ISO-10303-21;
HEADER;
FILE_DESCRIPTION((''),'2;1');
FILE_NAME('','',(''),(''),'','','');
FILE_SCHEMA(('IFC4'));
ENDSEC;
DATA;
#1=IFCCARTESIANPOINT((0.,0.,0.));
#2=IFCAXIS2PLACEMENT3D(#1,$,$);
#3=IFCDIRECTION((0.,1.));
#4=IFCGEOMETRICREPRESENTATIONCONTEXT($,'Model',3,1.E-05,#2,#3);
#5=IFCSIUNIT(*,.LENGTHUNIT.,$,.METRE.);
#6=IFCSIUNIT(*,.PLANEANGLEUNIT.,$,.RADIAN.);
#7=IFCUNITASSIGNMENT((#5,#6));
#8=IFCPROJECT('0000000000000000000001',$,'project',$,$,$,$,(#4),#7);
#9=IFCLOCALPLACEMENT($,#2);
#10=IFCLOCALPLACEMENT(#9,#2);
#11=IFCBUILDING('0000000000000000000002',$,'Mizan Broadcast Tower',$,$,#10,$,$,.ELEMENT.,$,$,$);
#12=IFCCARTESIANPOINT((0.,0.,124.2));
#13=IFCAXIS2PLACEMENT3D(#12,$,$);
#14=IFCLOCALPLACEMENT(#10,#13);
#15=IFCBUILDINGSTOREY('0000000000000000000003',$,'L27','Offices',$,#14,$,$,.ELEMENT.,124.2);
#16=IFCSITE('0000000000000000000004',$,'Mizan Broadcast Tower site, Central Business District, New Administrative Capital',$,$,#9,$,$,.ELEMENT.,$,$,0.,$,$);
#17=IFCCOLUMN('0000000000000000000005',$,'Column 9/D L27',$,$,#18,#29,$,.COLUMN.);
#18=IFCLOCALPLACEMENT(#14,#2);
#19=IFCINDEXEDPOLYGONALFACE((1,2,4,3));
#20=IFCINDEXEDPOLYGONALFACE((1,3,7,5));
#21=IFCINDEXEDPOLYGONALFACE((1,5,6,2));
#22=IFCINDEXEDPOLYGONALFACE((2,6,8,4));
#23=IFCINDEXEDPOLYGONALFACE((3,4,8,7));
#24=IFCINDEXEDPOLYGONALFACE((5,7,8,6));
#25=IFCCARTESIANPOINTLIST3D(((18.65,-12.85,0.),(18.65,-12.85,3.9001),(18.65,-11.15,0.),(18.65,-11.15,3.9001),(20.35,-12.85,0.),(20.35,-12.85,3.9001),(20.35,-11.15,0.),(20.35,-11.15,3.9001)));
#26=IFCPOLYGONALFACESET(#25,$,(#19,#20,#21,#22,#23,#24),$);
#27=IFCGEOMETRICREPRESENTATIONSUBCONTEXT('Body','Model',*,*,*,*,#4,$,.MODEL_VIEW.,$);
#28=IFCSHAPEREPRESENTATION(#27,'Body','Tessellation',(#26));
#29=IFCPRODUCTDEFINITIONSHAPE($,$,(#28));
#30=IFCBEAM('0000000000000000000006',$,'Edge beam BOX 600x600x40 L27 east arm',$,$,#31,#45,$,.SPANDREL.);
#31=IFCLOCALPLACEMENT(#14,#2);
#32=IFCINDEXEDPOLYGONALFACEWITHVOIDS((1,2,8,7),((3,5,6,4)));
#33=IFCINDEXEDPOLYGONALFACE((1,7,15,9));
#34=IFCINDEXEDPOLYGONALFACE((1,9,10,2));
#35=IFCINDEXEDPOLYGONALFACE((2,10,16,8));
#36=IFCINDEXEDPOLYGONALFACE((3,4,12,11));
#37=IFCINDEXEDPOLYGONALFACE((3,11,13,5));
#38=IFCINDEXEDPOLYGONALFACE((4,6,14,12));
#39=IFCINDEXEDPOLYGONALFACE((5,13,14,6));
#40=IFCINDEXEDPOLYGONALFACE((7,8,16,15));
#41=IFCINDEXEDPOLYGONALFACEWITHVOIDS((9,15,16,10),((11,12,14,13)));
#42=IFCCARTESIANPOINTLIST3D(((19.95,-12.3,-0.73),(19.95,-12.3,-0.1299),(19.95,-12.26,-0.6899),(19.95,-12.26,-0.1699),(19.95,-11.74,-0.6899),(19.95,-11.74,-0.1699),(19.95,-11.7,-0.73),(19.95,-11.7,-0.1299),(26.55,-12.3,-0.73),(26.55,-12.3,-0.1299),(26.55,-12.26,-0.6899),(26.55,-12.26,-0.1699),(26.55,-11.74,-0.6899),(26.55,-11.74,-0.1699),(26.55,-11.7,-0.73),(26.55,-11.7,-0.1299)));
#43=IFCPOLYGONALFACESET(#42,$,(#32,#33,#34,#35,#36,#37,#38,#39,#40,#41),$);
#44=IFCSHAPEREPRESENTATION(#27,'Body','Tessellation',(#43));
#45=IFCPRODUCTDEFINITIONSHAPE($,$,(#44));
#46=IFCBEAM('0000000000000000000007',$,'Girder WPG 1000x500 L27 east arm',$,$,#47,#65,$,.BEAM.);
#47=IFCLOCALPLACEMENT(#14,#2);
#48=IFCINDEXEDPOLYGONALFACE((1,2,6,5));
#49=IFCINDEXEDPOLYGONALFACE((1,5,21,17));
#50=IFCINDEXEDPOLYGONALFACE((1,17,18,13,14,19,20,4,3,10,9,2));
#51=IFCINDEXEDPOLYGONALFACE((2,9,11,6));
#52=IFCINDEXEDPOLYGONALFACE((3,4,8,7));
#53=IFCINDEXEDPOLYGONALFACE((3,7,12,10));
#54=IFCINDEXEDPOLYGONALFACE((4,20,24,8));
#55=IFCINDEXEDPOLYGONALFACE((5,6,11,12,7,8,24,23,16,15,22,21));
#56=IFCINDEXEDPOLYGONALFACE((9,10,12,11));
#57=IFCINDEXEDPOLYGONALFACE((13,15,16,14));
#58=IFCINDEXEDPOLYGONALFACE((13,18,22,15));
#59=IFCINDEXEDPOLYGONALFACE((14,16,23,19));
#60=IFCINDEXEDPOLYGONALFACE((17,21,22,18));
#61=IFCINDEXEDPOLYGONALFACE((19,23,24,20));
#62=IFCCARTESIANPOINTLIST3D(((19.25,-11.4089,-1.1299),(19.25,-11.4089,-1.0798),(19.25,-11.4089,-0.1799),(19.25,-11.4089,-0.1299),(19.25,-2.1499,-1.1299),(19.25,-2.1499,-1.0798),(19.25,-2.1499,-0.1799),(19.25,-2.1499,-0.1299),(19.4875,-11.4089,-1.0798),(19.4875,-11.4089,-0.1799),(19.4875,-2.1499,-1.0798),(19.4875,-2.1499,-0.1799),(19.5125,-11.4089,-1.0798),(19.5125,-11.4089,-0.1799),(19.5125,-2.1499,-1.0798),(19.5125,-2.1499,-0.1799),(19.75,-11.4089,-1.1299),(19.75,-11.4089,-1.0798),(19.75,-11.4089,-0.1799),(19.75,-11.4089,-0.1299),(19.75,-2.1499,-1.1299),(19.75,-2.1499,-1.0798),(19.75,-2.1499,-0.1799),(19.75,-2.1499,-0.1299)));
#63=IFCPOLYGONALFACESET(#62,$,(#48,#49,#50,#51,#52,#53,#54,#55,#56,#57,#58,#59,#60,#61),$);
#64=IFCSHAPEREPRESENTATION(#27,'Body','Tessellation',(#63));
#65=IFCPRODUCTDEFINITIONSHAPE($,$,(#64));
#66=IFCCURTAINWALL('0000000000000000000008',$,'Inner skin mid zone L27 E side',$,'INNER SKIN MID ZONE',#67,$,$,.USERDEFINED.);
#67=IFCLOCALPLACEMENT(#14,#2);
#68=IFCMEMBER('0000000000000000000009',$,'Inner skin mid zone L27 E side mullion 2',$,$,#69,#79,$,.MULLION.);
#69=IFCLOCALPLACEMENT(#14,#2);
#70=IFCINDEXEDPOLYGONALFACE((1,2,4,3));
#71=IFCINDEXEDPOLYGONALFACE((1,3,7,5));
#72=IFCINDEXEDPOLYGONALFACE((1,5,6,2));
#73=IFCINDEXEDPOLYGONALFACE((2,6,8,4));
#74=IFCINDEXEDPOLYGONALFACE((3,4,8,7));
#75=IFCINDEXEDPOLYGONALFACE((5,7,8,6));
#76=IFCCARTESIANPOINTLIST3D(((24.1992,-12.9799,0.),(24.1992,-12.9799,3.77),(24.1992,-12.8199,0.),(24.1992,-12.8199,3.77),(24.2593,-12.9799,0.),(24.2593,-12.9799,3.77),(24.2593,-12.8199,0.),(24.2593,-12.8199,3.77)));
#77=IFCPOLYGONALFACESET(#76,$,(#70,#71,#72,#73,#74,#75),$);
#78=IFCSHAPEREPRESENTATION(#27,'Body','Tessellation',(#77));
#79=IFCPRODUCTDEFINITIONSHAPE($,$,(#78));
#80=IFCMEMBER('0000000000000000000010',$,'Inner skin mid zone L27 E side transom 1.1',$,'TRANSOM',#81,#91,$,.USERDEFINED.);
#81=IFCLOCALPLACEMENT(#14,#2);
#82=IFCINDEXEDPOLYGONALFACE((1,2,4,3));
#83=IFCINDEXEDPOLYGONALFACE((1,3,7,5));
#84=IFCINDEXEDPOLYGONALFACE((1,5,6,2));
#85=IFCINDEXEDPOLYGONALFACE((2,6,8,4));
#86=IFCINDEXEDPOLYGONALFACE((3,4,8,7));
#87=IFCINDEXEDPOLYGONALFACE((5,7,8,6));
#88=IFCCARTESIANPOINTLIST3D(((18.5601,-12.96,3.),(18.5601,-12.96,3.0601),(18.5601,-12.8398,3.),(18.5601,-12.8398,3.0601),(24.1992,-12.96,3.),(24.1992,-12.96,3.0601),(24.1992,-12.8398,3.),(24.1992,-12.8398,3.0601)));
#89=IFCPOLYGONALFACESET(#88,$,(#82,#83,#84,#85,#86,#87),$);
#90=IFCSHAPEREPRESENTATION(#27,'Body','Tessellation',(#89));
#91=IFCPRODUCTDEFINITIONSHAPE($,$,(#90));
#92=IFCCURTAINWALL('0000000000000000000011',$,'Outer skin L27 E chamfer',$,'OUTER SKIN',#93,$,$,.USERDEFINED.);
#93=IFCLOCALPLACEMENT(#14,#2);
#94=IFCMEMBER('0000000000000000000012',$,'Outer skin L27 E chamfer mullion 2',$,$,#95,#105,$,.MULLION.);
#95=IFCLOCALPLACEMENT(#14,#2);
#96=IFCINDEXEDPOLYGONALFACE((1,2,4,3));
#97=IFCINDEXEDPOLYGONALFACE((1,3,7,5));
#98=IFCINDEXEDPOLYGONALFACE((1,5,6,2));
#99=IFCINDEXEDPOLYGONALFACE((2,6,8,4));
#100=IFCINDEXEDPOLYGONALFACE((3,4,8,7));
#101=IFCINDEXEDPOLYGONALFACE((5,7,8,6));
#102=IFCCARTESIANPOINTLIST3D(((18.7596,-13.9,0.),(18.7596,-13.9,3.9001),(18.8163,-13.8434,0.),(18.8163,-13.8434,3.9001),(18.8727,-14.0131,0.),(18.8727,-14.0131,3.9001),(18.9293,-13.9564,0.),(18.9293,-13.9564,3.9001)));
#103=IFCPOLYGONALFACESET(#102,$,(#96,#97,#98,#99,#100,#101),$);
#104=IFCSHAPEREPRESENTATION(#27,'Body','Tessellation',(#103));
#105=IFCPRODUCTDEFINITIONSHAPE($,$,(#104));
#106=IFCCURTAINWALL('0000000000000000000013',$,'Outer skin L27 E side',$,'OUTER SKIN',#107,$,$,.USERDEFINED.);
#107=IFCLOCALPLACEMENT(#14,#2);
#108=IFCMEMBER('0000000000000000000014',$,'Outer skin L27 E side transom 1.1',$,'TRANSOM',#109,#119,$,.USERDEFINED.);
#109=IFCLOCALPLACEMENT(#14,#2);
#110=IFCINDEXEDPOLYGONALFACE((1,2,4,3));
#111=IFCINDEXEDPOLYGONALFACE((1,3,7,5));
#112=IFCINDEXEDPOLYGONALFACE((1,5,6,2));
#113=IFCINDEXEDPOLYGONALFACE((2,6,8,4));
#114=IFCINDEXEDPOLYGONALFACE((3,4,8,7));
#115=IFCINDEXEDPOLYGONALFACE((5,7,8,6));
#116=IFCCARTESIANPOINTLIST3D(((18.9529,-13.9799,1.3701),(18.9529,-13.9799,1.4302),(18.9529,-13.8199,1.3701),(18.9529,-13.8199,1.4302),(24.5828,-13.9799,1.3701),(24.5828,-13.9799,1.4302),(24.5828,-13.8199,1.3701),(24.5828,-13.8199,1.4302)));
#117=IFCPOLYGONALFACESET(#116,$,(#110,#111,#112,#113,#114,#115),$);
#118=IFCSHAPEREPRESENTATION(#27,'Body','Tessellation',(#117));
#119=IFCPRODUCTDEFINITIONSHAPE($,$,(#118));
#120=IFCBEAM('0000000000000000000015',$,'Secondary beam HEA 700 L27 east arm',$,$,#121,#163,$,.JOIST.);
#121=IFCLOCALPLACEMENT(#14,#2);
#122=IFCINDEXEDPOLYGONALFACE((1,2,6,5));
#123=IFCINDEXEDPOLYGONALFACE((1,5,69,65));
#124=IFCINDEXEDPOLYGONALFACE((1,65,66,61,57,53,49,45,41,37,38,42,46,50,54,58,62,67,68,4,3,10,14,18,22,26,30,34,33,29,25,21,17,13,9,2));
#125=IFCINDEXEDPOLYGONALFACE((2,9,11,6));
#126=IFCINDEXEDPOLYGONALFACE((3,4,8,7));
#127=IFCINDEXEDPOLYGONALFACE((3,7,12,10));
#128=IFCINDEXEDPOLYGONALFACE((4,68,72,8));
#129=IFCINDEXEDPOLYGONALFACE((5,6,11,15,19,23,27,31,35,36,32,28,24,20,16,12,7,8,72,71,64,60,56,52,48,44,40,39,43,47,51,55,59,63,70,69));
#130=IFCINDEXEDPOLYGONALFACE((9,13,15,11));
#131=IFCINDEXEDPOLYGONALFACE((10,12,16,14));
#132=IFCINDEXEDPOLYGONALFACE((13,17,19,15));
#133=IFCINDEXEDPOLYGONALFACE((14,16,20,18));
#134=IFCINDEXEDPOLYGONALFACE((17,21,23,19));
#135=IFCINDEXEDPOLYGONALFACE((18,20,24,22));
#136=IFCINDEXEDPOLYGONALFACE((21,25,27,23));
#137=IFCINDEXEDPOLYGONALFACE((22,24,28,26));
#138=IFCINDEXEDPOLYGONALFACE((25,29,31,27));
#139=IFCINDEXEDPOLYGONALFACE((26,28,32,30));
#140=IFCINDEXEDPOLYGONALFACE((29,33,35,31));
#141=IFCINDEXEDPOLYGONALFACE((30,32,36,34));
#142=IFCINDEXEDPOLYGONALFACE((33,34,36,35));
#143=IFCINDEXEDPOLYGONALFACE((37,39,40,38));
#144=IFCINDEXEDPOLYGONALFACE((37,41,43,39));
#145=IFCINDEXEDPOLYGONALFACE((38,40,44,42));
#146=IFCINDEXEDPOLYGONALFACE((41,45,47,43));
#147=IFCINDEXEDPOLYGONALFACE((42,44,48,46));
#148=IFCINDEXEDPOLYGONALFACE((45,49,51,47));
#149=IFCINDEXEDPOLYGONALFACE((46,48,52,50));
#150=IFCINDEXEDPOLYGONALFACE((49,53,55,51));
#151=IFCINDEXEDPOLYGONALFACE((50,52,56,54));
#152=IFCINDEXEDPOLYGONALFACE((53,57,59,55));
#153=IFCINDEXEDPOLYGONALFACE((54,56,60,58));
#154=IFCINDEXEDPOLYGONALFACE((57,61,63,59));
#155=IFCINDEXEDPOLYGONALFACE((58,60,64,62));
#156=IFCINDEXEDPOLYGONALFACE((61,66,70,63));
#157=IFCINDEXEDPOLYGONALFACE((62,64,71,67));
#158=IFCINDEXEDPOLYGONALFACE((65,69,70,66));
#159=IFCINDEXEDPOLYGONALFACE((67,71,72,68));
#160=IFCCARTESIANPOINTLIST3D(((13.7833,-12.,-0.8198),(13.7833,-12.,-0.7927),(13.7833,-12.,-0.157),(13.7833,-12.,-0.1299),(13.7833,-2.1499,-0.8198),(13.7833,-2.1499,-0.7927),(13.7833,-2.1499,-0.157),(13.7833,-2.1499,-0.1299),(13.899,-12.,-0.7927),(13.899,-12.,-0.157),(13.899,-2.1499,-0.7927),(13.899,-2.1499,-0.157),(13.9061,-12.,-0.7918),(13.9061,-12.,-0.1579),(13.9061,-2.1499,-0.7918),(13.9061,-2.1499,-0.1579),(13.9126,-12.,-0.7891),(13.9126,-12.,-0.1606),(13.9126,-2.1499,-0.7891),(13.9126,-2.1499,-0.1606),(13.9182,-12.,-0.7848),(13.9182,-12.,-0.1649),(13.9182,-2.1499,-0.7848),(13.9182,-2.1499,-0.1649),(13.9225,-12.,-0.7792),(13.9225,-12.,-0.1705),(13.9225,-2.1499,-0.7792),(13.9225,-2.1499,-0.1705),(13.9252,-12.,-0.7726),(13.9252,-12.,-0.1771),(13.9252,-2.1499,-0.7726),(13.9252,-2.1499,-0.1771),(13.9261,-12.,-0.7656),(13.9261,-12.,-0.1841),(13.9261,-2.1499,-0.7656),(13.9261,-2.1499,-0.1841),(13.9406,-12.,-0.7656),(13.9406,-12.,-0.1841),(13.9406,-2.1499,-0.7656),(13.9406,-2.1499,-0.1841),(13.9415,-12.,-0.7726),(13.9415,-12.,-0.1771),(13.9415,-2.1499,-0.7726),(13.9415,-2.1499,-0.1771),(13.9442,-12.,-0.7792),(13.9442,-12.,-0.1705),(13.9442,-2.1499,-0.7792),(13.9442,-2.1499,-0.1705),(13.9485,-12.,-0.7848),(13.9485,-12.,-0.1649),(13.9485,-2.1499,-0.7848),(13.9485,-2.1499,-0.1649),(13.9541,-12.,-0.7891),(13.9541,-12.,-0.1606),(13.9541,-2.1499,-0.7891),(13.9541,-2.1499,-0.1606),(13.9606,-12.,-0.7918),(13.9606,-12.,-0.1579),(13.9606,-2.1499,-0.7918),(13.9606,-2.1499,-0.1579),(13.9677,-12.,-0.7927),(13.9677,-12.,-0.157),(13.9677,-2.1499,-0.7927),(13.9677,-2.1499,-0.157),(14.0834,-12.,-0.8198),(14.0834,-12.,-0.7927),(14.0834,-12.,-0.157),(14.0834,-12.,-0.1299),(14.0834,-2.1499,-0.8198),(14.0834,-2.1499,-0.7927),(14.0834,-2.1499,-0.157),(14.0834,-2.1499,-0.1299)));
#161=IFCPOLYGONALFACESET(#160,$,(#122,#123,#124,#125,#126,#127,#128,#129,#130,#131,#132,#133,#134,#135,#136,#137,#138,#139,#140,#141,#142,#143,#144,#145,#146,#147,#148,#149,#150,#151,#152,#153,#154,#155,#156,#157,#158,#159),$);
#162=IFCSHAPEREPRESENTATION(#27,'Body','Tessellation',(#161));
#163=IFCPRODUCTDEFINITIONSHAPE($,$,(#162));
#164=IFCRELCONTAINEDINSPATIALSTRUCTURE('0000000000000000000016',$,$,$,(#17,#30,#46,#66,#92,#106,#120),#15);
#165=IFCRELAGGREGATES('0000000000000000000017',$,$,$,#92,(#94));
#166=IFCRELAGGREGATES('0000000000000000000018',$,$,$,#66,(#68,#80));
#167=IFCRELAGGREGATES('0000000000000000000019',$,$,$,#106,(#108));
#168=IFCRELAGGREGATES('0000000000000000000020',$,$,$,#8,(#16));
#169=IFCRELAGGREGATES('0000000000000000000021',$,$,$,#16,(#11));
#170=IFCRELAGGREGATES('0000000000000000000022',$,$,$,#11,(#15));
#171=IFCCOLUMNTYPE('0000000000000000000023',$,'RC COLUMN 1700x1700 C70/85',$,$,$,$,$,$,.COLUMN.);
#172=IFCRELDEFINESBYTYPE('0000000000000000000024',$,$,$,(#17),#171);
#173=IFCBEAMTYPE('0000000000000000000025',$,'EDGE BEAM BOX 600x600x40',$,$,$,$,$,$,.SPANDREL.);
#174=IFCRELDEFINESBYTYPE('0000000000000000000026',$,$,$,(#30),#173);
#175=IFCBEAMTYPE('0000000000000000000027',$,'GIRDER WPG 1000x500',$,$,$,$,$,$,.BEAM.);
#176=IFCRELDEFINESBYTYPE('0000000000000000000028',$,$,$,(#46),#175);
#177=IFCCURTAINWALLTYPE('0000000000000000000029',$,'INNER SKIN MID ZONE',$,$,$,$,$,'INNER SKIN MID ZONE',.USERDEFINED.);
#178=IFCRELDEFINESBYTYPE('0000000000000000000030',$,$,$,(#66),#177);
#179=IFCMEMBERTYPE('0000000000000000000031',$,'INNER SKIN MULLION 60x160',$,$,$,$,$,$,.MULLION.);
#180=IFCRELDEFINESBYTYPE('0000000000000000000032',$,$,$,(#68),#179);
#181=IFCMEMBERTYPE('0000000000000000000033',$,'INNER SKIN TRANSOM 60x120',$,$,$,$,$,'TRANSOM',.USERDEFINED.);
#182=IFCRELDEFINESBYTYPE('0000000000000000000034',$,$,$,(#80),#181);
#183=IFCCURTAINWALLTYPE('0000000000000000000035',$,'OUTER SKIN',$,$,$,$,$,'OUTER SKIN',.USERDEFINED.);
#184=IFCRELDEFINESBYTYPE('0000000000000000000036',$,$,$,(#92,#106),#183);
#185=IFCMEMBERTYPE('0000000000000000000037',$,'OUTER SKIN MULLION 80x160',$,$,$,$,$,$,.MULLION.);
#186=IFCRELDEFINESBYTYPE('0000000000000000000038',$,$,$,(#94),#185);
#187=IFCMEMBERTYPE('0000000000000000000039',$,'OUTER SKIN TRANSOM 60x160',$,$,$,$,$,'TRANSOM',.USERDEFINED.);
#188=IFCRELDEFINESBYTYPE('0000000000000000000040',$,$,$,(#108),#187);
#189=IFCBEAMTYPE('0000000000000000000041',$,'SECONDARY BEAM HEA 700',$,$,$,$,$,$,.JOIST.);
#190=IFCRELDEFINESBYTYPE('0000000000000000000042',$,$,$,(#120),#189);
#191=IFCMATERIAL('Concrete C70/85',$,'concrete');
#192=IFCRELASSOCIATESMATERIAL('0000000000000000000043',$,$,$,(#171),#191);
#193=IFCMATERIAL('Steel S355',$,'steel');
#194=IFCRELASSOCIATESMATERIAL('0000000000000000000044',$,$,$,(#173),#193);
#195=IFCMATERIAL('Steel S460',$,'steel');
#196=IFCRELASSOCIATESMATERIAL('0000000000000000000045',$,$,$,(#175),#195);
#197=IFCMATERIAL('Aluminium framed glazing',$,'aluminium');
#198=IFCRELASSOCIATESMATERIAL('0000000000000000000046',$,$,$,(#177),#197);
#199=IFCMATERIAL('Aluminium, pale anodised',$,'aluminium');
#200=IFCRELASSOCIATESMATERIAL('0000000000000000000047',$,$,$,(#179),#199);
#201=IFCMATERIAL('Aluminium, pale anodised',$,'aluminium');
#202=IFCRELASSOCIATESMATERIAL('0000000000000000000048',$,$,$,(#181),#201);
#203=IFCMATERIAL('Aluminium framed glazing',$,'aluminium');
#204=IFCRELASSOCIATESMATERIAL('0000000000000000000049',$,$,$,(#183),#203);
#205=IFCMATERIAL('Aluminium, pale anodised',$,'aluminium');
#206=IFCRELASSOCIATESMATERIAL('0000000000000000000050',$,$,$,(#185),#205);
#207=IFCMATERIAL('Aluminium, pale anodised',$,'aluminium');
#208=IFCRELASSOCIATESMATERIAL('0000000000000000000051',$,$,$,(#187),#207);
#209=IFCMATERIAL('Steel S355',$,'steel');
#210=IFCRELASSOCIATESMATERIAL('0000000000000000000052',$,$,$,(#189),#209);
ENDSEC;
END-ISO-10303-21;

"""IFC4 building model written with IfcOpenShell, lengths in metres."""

from ifc_helpers import new_model, si_unit, direction, frame, origin, origin_2d, place, context, subcontext, project, spatial, rectangle, hollow_rectangle, i_section, extrude, material, material_profile, profile_set, type_object, element, aggregate, save


model = new_model("IFC4")

# Units and contexts
model_context = context("Model", 3, precision=1e-05, world=origin(), true_north=direction((0.0, 1.0)))
body_context = subcontext(model_context, "Body", "Model", "MODEL_VIEW")
ifc_project = project(units=[si_unit("LENGTHUNIT", "METRE"), si_unit("PLANEANGLEUNIT", "RADIAN")], contexts=[model_context])

# Site, building, storey
site_placement = place(None, origin())
site = spatial("IfcSite", under=ifc_project, at=site_placement, Name="Mizan Broadcast Tower site, Central Business District, New Administrative Capital", CompositionType="ELEMENT", RefElevation=0.0)
building_placement = place(site_placement, origin())
building = spatial("IfcBuilding", under=site, at=building_placement, Name="Mizan Broadcast Tower", CompositionType="ELEMENT")
storey_placement = place(building_placement, frame((0.0, 0.0, 124.2)))
storey = spatial("IfcBuildingStorey", under=building, at=storey_placement, Name="L27", Description="Offices", CompositionType="ELEMENT", Elevation=124.2)

# Column
ifc_material_1 = material(Name="Concrete C70/85", Category="concrete")
ifc_material_profile_1 = material_profile(ifc_material_1, rectangle(XDim=1.7, YDim=1.7, at=origin_2d()), Name="RC 1700x1700")
ifc_profile_set_1 = profile_set([ifc_material_profile_1], Name="Concrete C70/85")
column_type = type_object("IfcColumnType", Name="RC COLUMN 1700x1700 C70/85", PredefinedType="COLUMN", material=ifc_profile_set_1)
column_placement = place(storey_placement, frame((19.5, -12.0, 0.0), z_axis=(0.0, 0.0, 1.0), x_axis=(1.0, 0.0, 0.0)))
element("IfcColumn", 1, at=column_placement, inside=storey, type_object=column_type, Name="Column 9/D L27", PredefinedType="COLUMN", context=body_context, shape_type="SweptSolid", body=[
    extrude(rectangle(XDim=1.7, YDim=1.7, at=origin_2d()), origin(), (0.0, 0.0, 1.0), 3.9001),
])

# Beams
ifc_material_2 = material(Name="Steel S355", Category="steel")
ifc_material_profile_2 = material_profile(ifc_material_2, hollow_rectangle(XDim=0.6001, YDim=0.6001, WallThickness=0.04, at=origin_2d()), Name="BOX 600x600x40")
ifc_profile_set_2 = profile_set([ifc_material_profile_2], Name="Steel S355")
beam_type_1 = type_object("IfcBeamType", Name="EDGE BEAM BOX 600x600x40", PredefinedType="SPANDREL", material=ifc_profile_set_2)
beam_1_placement = place(storey_placement, frame((19.95, -12.0, -0.4299), z_axis=(1.0, 0.0, 0.0), x_axis=(0.0, 1.0, 0.0)))
element("IfcBeam", 2, at=beam_1_placement, inside=storey, type_object=beam_type_1, Name="Edge beam BOX 600x600x40 L27 east arm", PredefinedType="SPANDREL", context=body_context, shape_type="SweptSolid", body=[
    extrude(hollow_rectangle(XDim=0.6001, YDim=0.6001, WallThickness=0.04, at=origin_2d()), origin(), (0.0, 0.0, 1.0), 6.6001),
])
ifc_material_3 = material(Name="Steel S460", Category="steel")
ifc_material_profile_3 = material_profile(ifc_material_3, i_section(OverallWidth=0.5, OverallDepth=1.0, WebThickness=0.0249, FlangeThickness=0.05, at=origin_2d()), Name="WPG 1000x500")
ifc_profile_set_3 = profile_set([ifc_material_profile_3], Name="Steel S460")
beam_type_2 = type_object("IfcBeamType", Name="GIRDER WPG 1000x500", PredefinedType="BEAM", material=ifc_profile_set_3)
beam_2_placement = place(storey_placement, frame((19.5, -11.4089, -0.6299), z_axis=(0.0, 1.0, 0.0), x_axis=(-1.0, 0.0, 0.0)))
element("IfcBeam", 3, at=beam_2_placement, inside=storey, type_object=beam_type_2, Name="Girder WPG 1000x500 L27 east arm", PredefinedType="BEAM", context=body_context, shape_type="SweptSolid", body=[
    extrude(i_section(OverallWidth=0.5, OverallDepth=1.0, WebThickness=0.0249, FlangeThickness=0.05, at=origin_2d()), origin(), (0.0, 0.0, 1.0), 9.259),
])

# Curtain wall, members
ifc_material_4 = material(Name="Aluminium framed glazing", Category="aluminium")
curtain_wall_type_1 = type_object("IfcCurtainWallType", Name="INNER SKIN MID ZONE", ElementType="INNER SKIN MID ZONE", PredefinedType="USERDEFINED", material=ifc_material_4)
curtain_wall_1_placement = place(storey_placement, origin())
curtain_wall_1 = element("IfcCurtainWall", 4, at=curtain_wall_1_placement, inside=storey, type_object=curtain_wall_type_1, Name="Inner skin mid zone L27 E side", ObjectType="INNER SKIN MID ZONE", PredefinedType="USERDEFINED")
ifc_material_5 = material(Name="Aluminium, pale anodised", Category="aluminium")
ifc_material_profile_4 = material_profile(ifc_material_5, rectangle(XDim=0.1599, YDim=0.0601, at=origin_2d()), Name="MULLION 160x60")
ifc_profile_set_4 = profile_set([ifc_material_profile_4], Name="Aluminium, pale anodised")
member_type_1 = type_object("IfcMemberType", Name="INNER SKIN MULLION 60x160", PredefinedType="MULLION", material=ifc_profile_set_4)
member_1_placement = place(storey_placement, frame((24.2292, -12.8999, 0.0), z_axis=(0.0, 0.0, 1.0), x_axis=(0.0, 1.0, 0.0)))
member_1 = element("IfcMember", 5, at=member_1_placement, type_object=member_type_1, Name="Inner skin mid zone L27 E side mullion 2", PredefinedType="MULLION", context=body_context, shape_type="SweptSolid", body=[
    extrude(rectangle(XDim=0.1599, YDim=0.0601, at=origin_2d()), origin(), (0.0, 0.0, 1.0), 3.77),
])
ifc_material_6 = material(Name="Aluminium, pale anodised", Category="aluminium")
ifc_material_profile_5 = material_profile(ifc_material_6, rectangle(XDim=0.1201, YDim=0.0601, at=origin_2d()), Name="TRANSOM 120x60")
ifc_profile_set_5 = profile_set([ifc_material_profile_5], Name="Aluminium, pale anodised")
member_type_2 = type_object("IfcMemberType", Name="INNER SKIN TRANSOM 60x120", ElementType="TRANSOM", PredefinedType="USERDEFINED", material=ifc_profile_set_5)
member_2_placement = place(storey_placement, frame((18.5601, -12.8999, 3.03), z_axis=(1.0, 0.0, 0.0), x_axis=(0.0, 1.0, 0.0)))
member_2 = element("IfcMember", 6, at=member_2_placement, type_object=member_type_2, Name="Inner skin mid zone L27 E side transom 1.1", ObjectType="TRANSOM", PredefinedType="USERDEFINED", context=body_context, shape_type="SweptSolid", body=[
    extrude(rectangle(XDim=0.1201, YDim=0.0601, at=origin_2d()), origin(), (0.0, 0.0, 1.0), 5.6392),
])

# Curtain walls, members
ifc_material_7 = material(Name="Aluminium framed glazing", Category="aluminium")
curtain_wall_type_2 = type_object("IfcCurtainWallType", Name="OUTER SKIN", ElementType="OUTER SKIN", PredefinedType="USERDEFINED", material=ifc_material_7)
curtain_wall_2_placement = place(storey_placement, origin())
curtain_wall_2 = element("IfcCurtainWall", 7, at=curtain_wall_2_placement, inside=storey, type_object=curtain_wall_type_2, Name="Outer skin L27 E chamfer", ObjectType="OUTER SKIN", PredefinedType="USERDEFINED")
ifc_material_8 = material(Name="Aluminium, pale anodised", Category="aluminium")
ifc_material_profile_6 = material_profile(ifc_material_8, rectangle(XDim=0.1599, YDim=0.0801, at=origin_2d()), Name="MULLION 160x80")
ifc_profile_set_6 = profile_set([ifc_material_profile_6], Name="Aluminium, pale anodised")
member_type_3 = type_object("IfcMemberType", Name="OUTER SKIN MULLION 80x160", PredefinedType="MULLION", material=ifc_profile_set_6)
member_3_placement = place(storey_placement, frame((18.8445, -13.9282, 0.0), z_axis=(0.0, 0.0, 1.0), x_axis=(-0.707107, 0.707107, 0.0)))
member_3 = element("IfcMember", 8, at=member_3_placement, type_object=member_type_3, Name="Outer skin L27 E chamfer mullion 2", PredefinedType="MULLION", context=body_context, shape_type="SweptSolid", body=[
    extrude(rectangle(XDim=0.1599, YDim=0.0801, at=origin_2d()), origin(), (0.0, 0.0, 1.0), 3.9001),
])
aggregate(curtain_wall_2, [member_3])
curtain_wall_3_placement = place(storey_placement, origin())
curtain_wall_3 = element("IfcCurtainWall", 9, at=curtain_wall_3_placement, inside=storey, type_object=curtain_wall_type_2, Name="Outer skin L27 E side", ObjectType="OUTER SKIN", PredefinedType="USERDEFINED")
ifc_material_9 = material(Name="Aluminium, pale anodised", Category="aluminium")
ifc_material_profile_7 = material_profile(ifc_material_9, rectangle(XDim=0.1599, YDim=0.0601, at=origin_2d()), Name="TRANSOM 160x60")
ifc_profile_set_7 = profile_set([ifc_material_profile_7], Name="Aluminium, pale anodised")
member_type_4 = type_object("IfcMemberType", Name="OUTER SKIN TRANSOM 60x160", ElementType="TRANSOM", PredefinedType="USERDEFINED", material=ifc_profile_set_7)
member_4_placement = place(storey_placement, frame((18.9529, -13.8999, 1.4001), z_axis=(1.0, 0.0, 0.0), x_axis=(0.0, 1.0, 0.0)))
member_4 = element("IfcMember", 10, at=member_4_placement, type_object=member_type_4, Name="Outer skin L27 E side transom 1.1", ObjectType="TRANSOM", PredefinedType="USERDEFINED", context=body_context, shape_type="SweptSolid", body=[
    extrude(rectangle(XDim=0.1599, YDim=0.0601, at=origin_2d()), origin(), (0.0, 0.0, 1.0), 5.6299),
])

# Beam
ifc_material_10 = material(Name="Steel S355", Category="steel")
ifc_material_profile_8 = material_profile(ifc_material_10, i_section(OverallWidth=0.3, OverallDepth=0.6899, WebThickness=0.0144, FlangeThickness=0.0271, FilletRadius=0.0271, at=origin_2d()), Name="HEA 700")
ifc_profile_set_8 = profile_set([ifc_material_profile_8], Name="Steel S355")
beam_type_3 = type_object("IfcBeamType", Name="SECONDARY BEAM HEA 700", PredefinedType="JOIST", material=ifc_profile_set_8)
for number, where, z_axis, x_axis, name in (
    (11, (13.9333, -12.0, -0.4749), (0.0, 1.0, 0.0), (-1.0, 0.0, 0.0), "Secondary beam HEA 700 L27 east arm"),
):
    element("IfcBeam", number, at=place(storey_placement, frame(where, z_axis=z_axis, x_axis=x_axis)), inside=storey, type_object=beam_type_3, Name=name, PredefinedType="JOIST", context=body_context, shape_type="SweptSolid", body=[
        extrude(i_section(OverallWidth=0.3, OverallDepth=0.6899, WebThickness=0.0144, FlangeThickness=0.0271, FilletRadius=0.0271, at=origin_2d()), origin(), (0.0, 0.0, 1.0), 9.8501),
    ])

aggregate(curtain_wall_1, [member_1, member_2])
aggregate(curtain_wall_3, [member_4])

save(model, "model.ifc")
